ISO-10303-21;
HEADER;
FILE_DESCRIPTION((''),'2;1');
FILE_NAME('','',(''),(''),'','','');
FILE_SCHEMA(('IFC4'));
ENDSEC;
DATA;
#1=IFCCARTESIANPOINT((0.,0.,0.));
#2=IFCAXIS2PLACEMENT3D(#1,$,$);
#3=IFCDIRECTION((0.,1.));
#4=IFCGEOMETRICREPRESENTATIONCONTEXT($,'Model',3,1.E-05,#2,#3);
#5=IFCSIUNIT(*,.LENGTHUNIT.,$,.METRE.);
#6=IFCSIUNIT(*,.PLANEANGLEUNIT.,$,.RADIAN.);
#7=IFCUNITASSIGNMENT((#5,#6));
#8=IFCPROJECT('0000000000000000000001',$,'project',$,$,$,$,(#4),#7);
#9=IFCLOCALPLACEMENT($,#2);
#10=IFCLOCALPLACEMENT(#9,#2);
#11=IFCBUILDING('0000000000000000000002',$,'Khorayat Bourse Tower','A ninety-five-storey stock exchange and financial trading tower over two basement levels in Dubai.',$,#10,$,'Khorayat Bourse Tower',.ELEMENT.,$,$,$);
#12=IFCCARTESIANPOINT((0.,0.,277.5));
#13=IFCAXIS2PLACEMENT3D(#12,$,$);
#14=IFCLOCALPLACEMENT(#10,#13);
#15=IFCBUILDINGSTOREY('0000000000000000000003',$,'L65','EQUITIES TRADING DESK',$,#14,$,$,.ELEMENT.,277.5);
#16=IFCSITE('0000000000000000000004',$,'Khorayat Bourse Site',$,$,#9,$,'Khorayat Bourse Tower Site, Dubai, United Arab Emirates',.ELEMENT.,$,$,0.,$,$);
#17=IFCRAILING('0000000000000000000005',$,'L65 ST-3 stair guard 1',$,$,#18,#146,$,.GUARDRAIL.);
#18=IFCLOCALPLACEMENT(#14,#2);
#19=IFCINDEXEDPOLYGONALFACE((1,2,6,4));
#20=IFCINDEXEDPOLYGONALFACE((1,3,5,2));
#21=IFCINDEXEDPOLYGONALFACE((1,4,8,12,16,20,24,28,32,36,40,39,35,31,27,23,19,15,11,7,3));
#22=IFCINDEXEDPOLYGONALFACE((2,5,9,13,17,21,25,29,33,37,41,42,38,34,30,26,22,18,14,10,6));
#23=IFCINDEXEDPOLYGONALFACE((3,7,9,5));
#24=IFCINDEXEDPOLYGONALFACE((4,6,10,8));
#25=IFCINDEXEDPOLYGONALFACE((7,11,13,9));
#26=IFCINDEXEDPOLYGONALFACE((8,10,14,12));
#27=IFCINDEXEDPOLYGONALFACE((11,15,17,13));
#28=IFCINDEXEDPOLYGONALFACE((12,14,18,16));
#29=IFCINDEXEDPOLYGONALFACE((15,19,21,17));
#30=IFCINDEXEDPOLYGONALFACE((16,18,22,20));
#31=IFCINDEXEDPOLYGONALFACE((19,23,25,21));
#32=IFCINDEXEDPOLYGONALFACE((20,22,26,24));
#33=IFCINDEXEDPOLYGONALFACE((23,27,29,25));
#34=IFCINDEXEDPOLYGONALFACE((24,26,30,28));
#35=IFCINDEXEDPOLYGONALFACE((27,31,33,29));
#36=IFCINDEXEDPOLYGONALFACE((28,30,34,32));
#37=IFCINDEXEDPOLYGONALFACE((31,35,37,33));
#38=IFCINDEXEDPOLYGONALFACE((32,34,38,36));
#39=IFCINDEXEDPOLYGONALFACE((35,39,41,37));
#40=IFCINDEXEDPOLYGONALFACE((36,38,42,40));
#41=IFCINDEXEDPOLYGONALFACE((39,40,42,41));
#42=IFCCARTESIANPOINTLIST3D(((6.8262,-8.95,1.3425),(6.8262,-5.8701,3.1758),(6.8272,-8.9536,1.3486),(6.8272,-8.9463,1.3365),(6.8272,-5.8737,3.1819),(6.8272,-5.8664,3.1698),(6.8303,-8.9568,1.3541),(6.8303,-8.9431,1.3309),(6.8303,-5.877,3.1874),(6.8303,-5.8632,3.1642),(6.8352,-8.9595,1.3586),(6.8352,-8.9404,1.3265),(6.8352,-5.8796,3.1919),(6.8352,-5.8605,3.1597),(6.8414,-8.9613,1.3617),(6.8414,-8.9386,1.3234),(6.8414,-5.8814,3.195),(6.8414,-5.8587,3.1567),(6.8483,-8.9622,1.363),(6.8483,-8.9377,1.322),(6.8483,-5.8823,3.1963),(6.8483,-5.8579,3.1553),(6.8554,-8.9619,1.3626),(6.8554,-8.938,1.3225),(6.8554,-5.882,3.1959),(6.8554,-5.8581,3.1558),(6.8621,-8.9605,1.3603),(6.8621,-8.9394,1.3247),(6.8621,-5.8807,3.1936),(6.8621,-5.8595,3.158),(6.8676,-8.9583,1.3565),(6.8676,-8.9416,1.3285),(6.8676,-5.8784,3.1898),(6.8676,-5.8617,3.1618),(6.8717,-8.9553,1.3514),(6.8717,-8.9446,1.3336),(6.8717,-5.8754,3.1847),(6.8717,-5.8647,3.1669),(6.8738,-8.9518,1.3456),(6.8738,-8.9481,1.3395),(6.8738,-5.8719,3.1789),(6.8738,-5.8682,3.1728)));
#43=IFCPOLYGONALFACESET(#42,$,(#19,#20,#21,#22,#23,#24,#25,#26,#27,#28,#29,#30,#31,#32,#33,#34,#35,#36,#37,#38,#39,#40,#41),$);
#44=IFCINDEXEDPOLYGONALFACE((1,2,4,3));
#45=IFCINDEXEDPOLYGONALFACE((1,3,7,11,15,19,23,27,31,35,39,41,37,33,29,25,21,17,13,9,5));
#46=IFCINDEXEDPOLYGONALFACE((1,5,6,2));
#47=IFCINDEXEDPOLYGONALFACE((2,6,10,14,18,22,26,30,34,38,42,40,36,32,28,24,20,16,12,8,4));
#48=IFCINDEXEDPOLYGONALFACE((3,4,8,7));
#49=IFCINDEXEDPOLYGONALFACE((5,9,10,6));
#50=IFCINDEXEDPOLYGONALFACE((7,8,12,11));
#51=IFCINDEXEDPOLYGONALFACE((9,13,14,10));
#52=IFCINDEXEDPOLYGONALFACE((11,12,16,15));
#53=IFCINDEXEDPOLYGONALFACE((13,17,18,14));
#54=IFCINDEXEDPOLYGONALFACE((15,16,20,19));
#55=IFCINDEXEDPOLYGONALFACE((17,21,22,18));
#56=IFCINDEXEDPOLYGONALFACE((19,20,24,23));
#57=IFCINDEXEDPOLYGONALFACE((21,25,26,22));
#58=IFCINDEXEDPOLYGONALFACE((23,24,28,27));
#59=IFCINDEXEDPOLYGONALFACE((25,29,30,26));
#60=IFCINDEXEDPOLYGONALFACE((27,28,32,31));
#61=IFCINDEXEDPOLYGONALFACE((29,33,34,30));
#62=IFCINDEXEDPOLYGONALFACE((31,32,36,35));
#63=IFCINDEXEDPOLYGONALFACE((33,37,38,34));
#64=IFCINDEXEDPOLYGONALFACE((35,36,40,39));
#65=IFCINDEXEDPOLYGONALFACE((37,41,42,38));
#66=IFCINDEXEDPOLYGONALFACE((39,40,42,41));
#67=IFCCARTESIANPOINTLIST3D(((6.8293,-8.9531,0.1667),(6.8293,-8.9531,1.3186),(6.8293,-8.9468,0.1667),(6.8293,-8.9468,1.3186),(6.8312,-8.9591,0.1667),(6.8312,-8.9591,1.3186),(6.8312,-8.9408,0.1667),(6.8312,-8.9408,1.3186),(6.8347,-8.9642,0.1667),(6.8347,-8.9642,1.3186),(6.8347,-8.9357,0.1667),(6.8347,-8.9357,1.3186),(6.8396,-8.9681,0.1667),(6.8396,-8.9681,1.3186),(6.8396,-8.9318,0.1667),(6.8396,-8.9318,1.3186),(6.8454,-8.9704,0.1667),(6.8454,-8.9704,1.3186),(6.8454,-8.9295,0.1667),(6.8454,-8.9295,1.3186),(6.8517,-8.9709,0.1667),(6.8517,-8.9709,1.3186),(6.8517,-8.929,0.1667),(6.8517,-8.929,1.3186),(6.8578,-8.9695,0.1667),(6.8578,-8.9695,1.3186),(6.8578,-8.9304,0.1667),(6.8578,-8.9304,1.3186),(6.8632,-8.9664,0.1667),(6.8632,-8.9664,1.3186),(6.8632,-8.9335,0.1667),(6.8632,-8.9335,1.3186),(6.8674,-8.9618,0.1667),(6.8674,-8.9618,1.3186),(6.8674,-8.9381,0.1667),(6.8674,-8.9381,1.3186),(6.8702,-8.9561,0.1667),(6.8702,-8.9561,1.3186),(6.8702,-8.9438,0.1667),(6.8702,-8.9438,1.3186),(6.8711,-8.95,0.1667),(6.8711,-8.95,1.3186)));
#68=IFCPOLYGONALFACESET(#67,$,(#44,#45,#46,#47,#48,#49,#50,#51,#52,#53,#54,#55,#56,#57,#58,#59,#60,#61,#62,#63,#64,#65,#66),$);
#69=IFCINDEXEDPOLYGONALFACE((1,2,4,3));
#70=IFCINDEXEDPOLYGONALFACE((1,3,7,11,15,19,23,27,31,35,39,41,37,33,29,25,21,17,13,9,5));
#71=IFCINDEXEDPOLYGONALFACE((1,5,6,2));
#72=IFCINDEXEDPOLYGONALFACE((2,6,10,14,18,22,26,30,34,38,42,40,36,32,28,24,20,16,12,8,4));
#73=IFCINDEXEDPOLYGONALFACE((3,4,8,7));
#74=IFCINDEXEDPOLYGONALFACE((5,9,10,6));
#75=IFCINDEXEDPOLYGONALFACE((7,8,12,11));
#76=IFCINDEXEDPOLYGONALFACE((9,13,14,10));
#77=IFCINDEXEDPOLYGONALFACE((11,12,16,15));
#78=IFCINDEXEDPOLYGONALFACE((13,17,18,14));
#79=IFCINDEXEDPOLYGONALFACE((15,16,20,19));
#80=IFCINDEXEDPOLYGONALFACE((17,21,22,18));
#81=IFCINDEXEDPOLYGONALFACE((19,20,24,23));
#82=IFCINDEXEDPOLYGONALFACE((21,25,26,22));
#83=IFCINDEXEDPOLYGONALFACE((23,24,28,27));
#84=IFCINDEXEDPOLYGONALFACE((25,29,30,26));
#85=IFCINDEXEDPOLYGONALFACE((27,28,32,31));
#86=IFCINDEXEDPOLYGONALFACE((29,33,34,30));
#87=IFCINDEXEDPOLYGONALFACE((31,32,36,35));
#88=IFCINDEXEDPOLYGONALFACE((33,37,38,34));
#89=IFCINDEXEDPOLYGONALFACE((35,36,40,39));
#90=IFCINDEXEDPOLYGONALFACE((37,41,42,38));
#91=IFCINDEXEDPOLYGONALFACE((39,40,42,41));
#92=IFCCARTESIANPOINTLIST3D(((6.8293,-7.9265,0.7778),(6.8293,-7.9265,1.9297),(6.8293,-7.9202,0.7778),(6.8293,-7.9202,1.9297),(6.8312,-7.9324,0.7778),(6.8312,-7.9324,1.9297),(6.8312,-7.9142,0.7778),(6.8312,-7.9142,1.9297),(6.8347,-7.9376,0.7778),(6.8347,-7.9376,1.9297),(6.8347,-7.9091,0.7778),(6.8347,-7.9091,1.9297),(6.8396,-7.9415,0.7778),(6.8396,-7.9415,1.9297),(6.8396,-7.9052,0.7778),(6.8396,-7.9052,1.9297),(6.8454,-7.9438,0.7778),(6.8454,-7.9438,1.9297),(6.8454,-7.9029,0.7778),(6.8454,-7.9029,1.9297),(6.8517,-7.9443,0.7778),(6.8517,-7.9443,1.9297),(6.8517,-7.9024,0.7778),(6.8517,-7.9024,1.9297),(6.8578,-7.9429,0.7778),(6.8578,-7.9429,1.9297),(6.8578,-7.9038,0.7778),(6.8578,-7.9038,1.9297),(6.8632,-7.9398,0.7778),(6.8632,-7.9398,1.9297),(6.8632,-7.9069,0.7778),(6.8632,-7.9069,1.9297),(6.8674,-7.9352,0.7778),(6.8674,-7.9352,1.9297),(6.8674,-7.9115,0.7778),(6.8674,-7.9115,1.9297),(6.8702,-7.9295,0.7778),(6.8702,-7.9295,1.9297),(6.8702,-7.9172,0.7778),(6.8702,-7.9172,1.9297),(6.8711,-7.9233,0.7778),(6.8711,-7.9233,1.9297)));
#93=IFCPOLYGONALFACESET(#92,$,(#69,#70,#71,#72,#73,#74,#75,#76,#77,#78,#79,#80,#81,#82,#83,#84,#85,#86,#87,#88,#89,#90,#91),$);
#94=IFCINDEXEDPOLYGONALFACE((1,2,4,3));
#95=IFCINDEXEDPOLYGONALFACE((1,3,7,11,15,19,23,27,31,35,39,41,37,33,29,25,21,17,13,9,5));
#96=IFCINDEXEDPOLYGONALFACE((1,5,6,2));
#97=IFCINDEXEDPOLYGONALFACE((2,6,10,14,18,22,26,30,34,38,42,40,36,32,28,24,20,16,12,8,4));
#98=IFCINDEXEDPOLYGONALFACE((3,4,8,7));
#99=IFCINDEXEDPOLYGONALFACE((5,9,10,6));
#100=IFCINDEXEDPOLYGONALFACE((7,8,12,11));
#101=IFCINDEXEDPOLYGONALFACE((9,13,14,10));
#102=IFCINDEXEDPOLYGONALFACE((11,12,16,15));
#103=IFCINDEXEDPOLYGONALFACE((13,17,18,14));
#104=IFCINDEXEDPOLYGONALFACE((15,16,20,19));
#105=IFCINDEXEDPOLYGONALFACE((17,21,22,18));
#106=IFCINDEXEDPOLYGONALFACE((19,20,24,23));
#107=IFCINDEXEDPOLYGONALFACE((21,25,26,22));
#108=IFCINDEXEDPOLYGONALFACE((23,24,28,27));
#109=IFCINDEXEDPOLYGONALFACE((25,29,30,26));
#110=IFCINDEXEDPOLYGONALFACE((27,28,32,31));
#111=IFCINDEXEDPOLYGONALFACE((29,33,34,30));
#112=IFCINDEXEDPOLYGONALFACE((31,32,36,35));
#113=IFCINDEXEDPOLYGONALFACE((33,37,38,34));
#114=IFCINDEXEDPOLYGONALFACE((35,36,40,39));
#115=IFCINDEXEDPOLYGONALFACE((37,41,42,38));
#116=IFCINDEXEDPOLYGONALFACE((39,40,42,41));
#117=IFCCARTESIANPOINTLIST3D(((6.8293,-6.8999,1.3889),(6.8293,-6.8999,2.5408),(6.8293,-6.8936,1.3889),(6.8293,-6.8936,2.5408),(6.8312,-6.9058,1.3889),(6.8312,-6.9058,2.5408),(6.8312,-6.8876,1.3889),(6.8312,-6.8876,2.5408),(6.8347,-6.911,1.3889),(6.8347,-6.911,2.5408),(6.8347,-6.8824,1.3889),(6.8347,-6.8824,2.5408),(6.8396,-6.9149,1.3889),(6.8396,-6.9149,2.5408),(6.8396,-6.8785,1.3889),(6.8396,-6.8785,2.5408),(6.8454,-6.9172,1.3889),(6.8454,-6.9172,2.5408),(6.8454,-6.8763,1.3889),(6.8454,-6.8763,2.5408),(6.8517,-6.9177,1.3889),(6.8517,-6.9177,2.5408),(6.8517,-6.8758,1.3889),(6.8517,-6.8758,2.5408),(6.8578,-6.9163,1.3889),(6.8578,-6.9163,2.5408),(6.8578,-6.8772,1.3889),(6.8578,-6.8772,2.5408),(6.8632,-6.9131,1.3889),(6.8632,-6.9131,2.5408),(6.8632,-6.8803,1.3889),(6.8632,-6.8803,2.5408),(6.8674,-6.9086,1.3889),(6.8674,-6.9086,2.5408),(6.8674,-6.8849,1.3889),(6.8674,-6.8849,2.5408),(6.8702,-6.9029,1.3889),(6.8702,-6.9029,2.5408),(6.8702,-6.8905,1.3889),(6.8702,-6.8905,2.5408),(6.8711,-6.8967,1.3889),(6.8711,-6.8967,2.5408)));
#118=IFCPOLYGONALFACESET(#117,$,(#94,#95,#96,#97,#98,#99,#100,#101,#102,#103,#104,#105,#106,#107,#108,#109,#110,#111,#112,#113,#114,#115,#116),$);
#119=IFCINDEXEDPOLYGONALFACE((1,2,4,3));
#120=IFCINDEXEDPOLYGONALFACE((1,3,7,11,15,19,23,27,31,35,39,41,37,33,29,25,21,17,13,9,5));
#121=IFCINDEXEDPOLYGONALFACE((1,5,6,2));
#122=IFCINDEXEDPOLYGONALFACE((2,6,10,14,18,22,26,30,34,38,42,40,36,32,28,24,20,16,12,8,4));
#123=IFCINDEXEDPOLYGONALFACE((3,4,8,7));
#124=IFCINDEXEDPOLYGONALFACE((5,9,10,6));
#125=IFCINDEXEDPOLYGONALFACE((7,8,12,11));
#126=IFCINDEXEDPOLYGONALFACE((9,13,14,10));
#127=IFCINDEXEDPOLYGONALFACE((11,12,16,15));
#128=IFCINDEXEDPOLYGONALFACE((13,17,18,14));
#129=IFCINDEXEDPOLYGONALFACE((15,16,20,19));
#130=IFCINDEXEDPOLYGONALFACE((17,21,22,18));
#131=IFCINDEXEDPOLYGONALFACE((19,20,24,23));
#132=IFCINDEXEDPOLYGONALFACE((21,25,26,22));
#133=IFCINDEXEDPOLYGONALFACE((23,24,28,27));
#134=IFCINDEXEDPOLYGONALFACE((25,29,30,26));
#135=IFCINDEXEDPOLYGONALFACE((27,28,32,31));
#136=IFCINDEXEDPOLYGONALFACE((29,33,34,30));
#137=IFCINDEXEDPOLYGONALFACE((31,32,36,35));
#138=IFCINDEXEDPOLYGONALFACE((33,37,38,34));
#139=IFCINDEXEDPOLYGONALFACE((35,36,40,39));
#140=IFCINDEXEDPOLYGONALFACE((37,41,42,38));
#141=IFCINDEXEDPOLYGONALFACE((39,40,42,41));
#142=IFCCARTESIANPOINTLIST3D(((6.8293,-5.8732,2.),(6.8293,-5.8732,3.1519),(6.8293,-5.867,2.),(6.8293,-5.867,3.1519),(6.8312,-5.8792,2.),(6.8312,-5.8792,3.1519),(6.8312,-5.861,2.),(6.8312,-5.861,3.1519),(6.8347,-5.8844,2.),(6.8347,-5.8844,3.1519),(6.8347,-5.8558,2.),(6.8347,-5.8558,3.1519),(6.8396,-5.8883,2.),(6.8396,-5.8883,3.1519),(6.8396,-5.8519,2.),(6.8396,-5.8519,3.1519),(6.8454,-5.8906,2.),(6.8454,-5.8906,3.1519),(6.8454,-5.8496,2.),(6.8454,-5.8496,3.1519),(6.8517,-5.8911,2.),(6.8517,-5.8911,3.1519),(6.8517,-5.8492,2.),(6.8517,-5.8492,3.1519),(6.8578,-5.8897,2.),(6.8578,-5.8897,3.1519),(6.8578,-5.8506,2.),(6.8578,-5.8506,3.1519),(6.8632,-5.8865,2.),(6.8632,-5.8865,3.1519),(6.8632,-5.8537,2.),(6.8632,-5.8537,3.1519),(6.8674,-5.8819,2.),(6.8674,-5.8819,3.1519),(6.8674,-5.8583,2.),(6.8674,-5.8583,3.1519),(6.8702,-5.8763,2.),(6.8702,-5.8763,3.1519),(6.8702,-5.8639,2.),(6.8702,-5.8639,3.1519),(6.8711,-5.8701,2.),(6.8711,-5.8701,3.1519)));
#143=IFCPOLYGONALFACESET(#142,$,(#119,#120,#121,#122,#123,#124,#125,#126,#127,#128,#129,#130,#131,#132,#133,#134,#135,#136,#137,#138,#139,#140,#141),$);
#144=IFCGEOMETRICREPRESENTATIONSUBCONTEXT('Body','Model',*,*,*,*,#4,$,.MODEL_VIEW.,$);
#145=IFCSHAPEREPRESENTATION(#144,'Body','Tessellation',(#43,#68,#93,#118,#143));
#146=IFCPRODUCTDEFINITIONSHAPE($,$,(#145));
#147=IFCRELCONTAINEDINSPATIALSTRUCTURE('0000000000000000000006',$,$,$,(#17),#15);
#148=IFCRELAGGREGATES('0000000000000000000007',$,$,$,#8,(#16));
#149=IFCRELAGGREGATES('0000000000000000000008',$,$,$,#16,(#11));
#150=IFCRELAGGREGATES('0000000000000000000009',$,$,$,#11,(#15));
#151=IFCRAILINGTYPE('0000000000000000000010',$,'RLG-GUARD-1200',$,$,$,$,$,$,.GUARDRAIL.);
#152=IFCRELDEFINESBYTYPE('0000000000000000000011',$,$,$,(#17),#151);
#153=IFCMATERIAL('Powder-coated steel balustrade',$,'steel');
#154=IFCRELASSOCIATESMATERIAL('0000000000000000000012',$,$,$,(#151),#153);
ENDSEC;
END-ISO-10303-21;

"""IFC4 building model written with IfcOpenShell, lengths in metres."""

from ifc_helpers import new_model, si_unit, direction, frame, origin, origin_2d, place, context, subcontext, project, spatial, circle, extrude, source, transform, mapped, material, type_object, element, save


model = new_model("IFC4")

# Units and contexts
model_context = context("Model", 3, precision=1e-05, world=origin(), true_north=direction((0.0, 1.0)))
body_context = subcontext(model_context, "Body", "Model", "MODEL_VIEW")
ifc_project = project(units=[si_unit("LENGTHUNIT", "METRE"), si_unit("PLANEANGLEUNIT", "RADIAN")], contexts=[model_context])

# Site, building, storey
site_placement = place(None, origin())
site = spatial("IfcSite", under=ifc_project, at=site_placement, Name="Khorayat Bourse Site", LongName="Khorayat Bourse Tower Site, Dubai, United Arab Emirates", CompositionType="ELEMENT", RefElevation=0.0)
building_placement = place(site_placement, origin())
building = spatial("IfcBuilding", under=site, at=building_placement, Name="Khorayat Bourse Tower", Description="A ninety-five-storey stock exchange and financial trading tower over two basement levels in Dubai.", LongName="Khorayat Bourse Tower", CompositionType="ELEMENT")
storey_placement = place(building_placement, frame((0.0, 0.0, 277.5)))
storey = spatial("IfcBuildingStorey", under=building, at=storey_placement, Name="L65", Description="EQUITIES TRADING DESK", CompositionType="ELEMENT", Elevation=277.5)

# Railing
ifc_material_1 = material(Name="Powder-coated steel balustrade", Category="steel")
railing_type_1 = type_object("IfcRailingType", Name="RLG-GUARD-1200", PredefinedType="GUARDRAIL", material=ifc_material_1)
shared_shape_1 = source(origin(), body_context, "Body", "SweptSolid", [
    extrude(circle(Radius=0.0239, at=origin_2d()), frame((0.0, 0.0, 1.1758), z_axis=(0.0, 0.859291, 0.511487), x_axis=(-1.0, 0.0, 0.0)), (0.0, 0.0, 1.0), 3.5842),
    extrude(circle(Radius=0.021, at=origin_2d()), origin(), (0.0, 0.0, 1.0), 1.1519),
    extrude(circle(Radius=0.021, at=origin_2d()), frame((0.0, 1.0266, 0.6111)), (0.0, 0.0, 1.0), 1.1519),
    extrude(circle(Radius=0.021, at=origin_2d()), frame((0.0, 2.0532, 1.2222)), (0.0, 0.0, 1.0), 1.1519),
    extrude(circle(Radius=0.021, at=origin_2d()), frame((0.0, 3.0798, 1.8333)), (0.0, 0.0, 1.0), 1.1519),
])
railing_1_placement = place(storey_placement, frame((6.8501, -8.95, 0.1667)))
element("IfcRailing", 1, at=railing_1_placement, inside=storey, type_object=railing_type_1, Name="L65 ST-3 stair guard 1", PredefinedType="GUARDRAIL", context=body_context, shape_type="MappedRepresentation", body=[
    mapped(shared_shape_1, transform((0.0, 0.0, 0.0), scale=1.0)),
])

save(model, "model.ifc")
